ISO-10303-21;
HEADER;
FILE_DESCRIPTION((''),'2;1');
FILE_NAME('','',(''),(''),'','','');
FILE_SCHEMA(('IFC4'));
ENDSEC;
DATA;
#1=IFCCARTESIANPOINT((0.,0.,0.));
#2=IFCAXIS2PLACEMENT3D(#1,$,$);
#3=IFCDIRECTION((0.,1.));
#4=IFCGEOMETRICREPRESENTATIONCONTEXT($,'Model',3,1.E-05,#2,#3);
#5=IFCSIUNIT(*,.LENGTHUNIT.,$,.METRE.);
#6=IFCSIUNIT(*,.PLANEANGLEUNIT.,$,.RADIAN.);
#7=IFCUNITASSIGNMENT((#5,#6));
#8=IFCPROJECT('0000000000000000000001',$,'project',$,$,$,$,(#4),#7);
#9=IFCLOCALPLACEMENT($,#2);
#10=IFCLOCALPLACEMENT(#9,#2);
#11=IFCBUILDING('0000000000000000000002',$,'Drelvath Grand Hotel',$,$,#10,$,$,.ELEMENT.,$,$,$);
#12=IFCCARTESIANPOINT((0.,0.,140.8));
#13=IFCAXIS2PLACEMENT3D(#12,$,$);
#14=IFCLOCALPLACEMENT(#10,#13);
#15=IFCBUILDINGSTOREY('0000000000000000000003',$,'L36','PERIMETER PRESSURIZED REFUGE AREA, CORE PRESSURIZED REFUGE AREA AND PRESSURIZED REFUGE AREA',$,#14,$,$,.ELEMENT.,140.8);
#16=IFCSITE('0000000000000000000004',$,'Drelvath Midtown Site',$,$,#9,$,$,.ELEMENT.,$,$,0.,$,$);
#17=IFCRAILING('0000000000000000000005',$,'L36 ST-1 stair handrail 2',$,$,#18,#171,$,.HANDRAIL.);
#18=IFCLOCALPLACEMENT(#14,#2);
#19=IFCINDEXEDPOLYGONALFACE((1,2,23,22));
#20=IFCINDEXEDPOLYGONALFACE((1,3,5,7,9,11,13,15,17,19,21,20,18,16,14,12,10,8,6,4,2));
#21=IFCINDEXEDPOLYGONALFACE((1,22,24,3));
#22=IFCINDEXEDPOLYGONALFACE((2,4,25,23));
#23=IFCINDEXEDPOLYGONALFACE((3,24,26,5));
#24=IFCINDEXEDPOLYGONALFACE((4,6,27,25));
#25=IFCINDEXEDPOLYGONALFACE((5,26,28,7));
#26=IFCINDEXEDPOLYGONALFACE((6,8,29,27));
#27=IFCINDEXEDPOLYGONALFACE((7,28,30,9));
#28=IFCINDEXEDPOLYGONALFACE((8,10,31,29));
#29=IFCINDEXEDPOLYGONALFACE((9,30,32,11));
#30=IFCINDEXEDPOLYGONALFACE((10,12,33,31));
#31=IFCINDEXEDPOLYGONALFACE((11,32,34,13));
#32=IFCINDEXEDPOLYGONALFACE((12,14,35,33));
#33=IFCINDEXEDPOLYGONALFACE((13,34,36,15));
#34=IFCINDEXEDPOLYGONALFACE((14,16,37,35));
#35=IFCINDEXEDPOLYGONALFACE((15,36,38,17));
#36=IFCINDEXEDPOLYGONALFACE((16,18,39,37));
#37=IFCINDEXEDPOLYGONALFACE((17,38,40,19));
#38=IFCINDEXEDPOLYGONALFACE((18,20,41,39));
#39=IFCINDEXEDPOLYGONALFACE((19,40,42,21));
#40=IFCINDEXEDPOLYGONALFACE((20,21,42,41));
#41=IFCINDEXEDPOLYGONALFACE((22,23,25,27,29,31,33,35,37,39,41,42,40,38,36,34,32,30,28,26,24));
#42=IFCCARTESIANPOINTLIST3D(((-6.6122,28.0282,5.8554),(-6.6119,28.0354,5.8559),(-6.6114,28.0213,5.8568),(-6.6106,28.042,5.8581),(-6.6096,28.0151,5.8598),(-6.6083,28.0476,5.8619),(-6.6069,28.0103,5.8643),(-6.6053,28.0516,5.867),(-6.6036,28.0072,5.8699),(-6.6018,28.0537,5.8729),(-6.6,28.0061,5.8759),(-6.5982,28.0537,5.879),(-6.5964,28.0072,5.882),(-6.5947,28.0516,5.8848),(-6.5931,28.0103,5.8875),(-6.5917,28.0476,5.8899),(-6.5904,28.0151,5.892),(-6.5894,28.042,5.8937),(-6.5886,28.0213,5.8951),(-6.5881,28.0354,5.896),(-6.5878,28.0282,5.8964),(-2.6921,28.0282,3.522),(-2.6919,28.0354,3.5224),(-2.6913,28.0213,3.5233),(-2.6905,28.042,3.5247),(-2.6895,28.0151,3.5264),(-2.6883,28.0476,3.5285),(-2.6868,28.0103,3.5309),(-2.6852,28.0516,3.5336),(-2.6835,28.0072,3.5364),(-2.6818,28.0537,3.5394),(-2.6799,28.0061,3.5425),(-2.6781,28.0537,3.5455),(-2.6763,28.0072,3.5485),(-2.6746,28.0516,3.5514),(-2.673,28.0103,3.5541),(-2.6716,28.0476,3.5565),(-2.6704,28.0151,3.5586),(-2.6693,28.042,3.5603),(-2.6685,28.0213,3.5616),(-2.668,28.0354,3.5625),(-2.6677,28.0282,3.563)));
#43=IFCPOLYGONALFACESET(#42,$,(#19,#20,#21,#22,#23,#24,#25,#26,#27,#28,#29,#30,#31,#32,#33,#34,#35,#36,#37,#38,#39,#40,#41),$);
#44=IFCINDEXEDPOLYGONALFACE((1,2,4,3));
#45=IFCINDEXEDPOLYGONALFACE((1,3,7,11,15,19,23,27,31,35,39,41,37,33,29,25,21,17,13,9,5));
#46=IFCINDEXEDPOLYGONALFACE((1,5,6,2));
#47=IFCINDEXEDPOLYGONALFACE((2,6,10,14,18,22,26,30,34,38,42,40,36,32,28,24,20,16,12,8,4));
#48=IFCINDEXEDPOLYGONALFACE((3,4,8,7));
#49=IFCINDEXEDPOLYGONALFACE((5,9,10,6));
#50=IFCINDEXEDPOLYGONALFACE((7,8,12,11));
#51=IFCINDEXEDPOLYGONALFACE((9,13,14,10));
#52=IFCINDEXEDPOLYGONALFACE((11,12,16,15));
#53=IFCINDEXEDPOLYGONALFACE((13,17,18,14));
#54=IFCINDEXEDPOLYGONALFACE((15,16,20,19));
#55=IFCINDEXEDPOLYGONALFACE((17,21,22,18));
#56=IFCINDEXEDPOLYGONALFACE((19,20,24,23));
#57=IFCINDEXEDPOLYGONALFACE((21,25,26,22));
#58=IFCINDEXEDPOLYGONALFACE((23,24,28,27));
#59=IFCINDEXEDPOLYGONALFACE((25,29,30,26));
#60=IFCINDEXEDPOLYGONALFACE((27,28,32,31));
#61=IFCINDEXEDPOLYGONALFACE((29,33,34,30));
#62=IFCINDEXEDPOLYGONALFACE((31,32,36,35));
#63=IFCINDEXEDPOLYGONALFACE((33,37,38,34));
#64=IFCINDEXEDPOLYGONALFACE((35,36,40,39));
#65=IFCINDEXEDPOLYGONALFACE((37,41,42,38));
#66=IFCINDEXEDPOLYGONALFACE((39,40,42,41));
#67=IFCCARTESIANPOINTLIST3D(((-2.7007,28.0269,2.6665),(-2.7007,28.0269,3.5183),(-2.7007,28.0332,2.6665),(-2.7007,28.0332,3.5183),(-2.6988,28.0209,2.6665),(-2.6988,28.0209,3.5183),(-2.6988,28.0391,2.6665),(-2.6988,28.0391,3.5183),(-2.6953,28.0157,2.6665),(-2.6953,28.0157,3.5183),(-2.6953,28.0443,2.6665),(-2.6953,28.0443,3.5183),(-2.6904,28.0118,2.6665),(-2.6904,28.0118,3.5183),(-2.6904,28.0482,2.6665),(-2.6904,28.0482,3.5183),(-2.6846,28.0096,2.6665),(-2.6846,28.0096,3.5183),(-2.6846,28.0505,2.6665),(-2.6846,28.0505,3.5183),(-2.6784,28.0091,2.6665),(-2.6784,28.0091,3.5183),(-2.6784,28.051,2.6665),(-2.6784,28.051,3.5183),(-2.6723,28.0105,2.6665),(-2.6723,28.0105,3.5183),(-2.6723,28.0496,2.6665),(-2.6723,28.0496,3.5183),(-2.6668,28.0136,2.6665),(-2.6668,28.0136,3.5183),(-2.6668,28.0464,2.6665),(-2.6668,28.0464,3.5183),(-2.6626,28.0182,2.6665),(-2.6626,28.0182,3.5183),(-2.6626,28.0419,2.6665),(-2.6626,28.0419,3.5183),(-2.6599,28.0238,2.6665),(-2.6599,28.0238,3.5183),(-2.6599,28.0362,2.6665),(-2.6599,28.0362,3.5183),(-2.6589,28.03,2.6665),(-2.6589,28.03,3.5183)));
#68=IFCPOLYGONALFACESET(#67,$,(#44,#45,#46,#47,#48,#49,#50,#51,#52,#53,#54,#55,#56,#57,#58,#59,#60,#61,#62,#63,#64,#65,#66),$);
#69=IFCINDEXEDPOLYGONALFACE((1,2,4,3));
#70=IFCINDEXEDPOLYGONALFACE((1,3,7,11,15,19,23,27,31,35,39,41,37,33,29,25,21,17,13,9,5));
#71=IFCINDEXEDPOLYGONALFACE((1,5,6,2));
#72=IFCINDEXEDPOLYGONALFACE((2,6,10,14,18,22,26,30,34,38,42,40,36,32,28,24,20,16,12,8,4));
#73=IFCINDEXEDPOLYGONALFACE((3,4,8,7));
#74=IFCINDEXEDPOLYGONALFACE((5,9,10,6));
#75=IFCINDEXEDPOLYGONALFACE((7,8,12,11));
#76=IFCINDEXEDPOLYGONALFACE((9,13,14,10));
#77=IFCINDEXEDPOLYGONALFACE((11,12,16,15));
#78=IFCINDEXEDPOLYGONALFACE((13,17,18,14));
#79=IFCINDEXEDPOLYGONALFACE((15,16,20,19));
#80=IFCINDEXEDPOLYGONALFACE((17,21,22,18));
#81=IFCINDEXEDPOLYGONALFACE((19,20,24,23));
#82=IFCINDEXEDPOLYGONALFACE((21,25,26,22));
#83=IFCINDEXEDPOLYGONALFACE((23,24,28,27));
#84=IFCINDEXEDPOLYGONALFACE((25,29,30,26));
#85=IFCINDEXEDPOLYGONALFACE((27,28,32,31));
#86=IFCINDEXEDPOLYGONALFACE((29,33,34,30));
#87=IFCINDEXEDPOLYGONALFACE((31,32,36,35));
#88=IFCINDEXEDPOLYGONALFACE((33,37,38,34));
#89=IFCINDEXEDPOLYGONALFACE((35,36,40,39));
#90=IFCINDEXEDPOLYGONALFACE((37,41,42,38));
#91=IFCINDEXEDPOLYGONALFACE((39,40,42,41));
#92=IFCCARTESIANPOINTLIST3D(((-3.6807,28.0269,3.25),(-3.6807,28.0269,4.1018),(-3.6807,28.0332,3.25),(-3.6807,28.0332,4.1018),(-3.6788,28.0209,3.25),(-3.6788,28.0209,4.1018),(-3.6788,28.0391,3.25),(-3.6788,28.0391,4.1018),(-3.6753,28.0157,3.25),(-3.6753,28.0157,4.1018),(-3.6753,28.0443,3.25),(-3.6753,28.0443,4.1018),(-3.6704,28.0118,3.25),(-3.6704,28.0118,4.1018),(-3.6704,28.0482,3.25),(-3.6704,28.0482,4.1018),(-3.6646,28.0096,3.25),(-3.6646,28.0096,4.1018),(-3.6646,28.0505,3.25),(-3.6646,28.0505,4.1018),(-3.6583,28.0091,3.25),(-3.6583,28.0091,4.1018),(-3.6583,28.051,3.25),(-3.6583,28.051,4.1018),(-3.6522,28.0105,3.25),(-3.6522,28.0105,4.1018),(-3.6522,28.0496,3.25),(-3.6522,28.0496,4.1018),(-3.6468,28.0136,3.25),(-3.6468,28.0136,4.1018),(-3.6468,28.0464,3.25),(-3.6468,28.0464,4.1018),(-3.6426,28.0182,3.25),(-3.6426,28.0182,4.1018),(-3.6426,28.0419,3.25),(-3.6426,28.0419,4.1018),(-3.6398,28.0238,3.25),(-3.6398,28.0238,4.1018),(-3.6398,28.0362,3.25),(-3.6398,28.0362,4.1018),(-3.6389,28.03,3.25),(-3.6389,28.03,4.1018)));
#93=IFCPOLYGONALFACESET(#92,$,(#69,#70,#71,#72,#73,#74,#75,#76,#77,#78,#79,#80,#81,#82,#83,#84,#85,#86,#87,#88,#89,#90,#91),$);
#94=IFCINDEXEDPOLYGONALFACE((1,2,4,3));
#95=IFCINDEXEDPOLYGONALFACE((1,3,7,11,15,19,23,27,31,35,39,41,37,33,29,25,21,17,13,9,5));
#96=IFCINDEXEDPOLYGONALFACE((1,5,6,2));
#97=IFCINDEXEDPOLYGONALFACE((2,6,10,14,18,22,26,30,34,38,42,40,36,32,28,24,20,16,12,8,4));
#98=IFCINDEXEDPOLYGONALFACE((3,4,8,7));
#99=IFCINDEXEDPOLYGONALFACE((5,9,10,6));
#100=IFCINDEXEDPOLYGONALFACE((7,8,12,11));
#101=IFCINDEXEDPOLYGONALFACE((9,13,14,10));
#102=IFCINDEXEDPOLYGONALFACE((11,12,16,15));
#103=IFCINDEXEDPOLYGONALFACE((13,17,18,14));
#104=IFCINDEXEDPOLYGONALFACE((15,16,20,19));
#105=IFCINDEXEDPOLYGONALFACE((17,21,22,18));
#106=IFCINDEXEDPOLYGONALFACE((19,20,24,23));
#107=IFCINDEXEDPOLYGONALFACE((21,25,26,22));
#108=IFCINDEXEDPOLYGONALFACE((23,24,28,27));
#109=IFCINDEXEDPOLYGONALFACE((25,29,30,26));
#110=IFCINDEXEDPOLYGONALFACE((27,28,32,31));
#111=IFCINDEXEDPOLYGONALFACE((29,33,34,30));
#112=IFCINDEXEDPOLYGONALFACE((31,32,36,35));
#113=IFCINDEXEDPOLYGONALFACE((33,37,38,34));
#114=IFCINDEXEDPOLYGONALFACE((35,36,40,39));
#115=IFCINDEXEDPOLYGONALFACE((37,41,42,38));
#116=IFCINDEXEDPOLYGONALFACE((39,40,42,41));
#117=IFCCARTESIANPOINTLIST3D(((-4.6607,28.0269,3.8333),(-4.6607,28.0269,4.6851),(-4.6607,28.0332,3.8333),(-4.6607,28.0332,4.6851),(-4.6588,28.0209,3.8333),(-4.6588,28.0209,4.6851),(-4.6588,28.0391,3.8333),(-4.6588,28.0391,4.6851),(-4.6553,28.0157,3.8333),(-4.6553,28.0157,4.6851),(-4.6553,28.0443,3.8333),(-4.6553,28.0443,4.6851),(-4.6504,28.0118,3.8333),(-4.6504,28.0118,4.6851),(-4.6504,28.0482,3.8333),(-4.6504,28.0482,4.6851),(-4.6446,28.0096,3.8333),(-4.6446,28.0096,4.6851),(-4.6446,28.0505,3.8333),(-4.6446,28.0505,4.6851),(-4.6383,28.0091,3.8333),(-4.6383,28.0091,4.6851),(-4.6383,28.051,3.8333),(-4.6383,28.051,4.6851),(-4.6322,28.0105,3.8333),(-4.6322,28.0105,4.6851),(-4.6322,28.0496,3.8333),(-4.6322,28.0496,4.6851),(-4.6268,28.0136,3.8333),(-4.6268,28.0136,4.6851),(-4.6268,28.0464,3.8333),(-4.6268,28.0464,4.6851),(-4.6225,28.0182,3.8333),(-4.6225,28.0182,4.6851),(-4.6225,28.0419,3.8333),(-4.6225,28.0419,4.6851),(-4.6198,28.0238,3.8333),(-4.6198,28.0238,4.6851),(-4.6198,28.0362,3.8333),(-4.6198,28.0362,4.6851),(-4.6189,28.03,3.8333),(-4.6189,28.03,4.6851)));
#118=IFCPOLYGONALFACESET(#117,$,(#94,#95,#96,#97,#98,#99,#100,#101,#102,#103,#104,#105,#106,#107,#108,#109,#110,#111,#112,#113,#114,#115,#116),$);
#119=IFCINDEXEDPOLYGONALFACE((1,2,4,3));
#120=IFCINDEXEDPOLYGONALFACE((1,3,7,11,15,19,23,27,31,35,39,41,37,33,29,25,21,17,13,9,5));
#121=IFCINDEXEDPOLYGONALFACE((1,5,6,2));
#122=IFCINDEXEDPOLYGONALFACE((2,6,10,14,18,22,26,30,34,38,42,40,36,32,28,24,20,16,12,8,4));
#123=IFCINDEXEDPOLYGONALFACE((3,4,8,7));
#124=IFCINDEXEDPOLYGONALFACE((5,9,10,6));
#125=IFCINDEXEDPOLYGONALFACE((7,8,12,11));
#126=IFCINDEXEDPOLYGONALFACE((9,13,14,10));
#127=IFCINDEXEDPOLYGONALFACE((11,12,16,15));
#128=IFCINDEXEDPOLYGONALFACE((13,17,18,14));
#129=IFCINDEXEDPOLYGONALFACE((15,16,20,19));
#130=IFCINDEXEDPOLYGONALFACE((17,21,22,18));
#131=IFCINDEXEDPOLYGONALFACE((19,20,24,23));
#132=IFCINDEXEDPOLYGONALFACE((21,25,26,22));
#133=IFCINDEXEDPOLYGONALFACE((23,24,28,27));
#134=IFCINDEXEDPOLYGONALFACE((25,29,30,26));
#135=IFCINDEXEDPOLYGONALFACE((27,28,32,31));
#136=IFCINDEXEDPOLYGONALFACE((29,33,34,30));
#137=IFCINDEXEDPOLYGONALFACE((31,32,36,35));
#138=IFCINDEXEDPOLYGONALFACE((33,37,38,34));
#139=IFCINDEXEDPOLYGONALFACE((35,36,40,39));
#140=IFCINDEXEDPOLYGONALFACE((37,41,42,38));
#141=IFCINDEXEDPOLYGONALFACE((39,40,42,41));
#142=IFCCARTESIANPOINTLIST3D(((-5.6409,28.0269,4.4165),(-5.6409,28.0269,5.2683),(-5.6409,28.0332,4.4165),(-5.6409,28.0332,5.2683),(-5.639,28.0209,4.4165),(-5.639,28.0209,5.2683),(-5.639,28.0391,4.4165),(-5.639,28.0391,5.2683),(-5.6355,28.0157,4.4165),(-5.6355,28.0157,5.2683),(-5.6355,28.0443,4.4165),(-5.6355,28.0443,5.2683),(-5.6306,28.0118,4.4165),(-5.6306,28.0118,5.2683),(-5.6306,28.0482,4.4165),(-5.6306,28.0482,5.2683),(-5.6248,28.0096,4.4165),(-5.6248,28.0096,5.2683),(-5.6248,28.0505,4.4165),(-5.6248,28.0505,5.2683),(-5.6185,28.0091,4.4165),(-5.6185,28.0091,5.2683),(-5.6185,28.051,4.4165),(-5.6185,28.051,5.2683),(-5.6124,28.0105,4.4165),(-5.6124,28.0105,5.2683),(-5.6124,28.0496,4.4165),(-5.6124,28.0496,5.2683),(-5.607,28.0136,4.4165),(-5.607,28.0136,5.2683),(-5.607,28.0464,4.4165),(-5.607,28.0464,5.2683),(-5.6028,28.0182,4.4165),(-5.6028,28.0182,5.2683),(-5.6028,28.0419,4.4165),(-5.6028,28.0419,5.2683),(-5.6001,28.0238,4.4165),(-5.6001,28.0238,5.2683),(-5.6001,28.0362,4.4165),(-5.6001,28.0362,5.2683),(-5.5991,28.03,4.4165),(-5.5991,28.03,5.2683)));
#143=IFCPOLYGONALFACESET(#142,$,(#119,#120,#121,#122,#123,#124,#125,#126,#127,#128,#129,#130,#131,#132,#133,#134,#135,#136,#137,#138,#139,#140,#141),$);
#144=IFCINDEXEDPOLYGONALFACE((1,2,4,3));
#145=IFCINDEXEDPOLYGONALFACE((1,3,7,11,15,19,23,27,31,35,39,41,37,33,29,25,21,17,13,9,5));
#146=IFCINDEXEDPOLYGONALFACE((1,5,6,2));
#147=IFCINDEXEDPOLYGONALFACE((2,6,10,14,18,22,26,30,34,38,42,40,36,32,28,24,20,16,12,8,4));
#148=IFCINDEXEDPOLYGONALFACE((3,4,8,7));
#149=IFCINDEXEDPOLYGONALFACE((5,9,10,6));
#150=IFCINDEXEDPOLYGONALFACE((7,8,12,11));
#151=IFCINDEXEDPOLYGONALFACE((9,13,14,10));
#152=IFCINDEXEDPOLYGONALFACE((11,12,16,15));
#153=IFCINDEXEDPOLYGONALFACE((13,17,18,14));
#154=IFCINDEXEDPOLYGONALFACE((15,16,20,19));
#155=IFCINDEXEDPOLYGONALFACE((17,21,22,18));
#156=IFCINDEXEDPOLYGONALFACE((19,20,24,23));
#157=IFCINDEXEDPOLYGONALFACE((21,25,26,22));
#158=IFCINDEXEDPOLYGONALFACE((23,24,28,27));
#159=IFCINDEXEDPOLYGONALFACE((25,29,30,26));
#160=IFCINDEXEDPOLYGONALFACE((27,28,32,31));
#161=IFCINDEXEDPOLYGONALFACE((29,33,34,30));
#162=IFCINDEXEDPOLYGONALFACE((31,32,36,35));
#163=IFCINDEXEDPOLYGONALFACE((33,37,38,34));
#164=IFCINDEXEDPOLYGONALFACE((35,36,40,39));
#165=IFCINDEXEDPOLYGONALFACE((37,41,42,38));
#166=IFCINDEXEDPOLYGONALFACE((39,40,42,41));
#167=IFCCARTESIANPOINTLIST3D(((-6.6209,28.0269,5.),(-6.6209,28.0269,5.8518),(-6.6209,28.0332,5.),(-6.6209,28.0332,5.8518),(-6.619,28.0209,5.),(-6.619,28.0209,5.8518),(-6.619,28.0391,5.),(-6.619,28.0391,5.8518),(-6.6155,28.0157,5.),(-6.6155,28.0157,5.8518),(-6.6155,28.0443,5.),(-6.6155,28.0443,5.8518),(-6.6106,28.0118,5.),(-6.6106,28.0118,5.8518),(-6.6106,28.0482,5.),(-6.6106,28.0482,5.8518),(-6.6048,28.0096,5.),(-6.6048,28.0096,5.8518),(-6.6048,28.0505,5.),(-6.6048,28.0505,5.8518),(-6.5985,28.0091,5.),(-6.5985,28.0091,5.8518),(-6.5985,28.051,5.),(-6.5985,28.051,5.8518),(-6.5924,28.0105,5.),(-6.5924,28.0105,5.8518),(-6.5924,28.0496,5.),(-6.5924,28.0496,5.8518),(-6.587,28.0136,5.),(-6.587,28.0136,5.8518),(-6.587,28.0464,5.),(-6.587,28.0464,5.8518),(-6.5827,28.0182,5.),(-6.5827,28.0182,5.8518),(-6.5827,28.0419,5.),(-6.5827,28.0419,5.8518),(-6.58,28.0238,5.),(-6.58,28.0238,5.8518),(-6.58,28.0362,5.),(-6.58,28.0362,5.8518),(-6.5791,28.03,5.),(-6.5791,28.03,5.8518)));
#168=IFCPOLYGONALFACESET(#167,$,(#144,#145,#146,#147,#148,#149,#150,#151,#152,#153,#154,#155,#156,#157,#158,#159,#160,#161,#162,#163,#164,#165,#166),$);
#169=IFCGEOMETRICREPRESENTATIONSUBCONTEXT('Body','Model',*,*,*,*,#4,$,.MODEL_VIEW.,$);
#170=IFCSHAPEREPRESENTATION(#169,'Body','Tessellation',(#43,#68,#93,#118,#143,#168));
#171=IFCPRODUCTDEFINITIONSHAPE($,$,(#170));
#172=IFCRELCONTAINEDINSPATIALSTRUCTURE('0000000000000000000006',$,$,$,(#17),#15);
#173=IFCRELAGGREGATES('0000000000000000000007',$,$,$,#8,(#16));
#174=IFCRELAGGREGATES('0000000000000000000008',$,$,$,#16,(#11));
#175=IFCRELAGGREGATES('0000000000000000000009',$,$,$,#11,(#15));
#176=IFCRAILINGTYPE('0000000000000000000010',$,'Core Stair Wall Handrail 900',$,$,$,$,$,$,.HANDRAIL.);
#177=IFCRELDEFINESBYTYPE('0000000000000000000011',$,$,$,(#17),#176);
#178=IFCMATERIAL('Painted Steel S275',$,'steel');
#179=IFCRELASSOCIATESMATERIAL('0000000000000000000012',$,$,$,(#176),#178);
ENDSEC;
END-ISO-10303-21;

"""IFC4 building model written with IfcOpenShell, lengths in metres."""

from ifc_helpers import new_model, si_unit, direction, frame, origin, origin_2d, place, context, subcontext, project, spatial, circle, extrude, material, type_object, element, save


model = new_model("IFC4")

# Units and contexts
model_context = context("Model", 3, precision=1e-05, world=origin(), true_north=direction((0.0, 1.0)))
body_context = subcontext(model_context, "Body", "Model", "MODEL_VIEW")
ifc_project = project(units=[si_unit("LENGTHUNIT", "METRE"), si_unit("PLANEANGLEUNIT", "RADIAN")], contexts=[model_context])

# Site, building, storey
site_placement = place(None, origin())
site = spatial("IfcSite", under=ifc_project, at=site_placement, Name="Drelvath Midtown Site", CompositionType="ELEMENT", RefElevation=0.0)
building_placement = place(site_placement, origin())
building = spatial("IfcBuilding", under=site, at=building_placement, Name="Drelvath Grand Hotel", CompositionType="ELEMENT")
storey_placement = place(building_placement, frame((0.0, 0.0, 140.8)))
storey = spatial("IfcBuildingStorey", under=building, at=storey_placement, Name="L36", Description="PERIMETER PRESSURIZED REFUGE AREA, CORE PRESSURIZED REFUGE AREA AND PRESSURIZED REFUGE AREA", CompositionType="ELEMENT", Elevation=140.8)

# Shared definitions
ifc_material_1 = material(Name="Painted Steel S275", Category="steel")

# Railing
railing_type_1 = type_object("IfcRailingType", Name="Core Stair Wall Handrail 900", PredefinedType="HANDRAIL", material=ifc_material_1)
railing_1_placement = place(storey_placement, frame((-2.6799, 28.03, 2.6665)))
element("IfcRailing", 1, at=railing_1_placement, inside=storey, type_object=railing_type_1, Name="L36 ST-1 stair handrail 2", PredefinedType="HANDRAIL", context=body_context, shape_type="SweptSolid", body=[
    extrude(circle(Radius=0.0239, at=origin_2d()), frame((0.0, 0.0, 0.876), z_axis=(-0.859287, 0.0, 0.511494), x_axis=(0.0, -1.0, 0.0)), (0.0, 0.0, 1.0), 4.562),
    extrude(circle(Radius=0.021, at=origin_2d()), origin(), (0.0, 0.0, 1.0), 0.8518),
    extrude(circle(Radius=0.021, at=origin_2d()), frame((-0.98, 0.0, 0.5835)), (0.0, 0.0, 1.0), 0.8518),
    extrude(circle(Radius=0.021, at=origin_2d()), frame((-1.96, 0.0, 1.1667)), (0.0, 0.0, 1.0), 0.8518),
    extrude(circle(Radius=0.021, at=origin_2d()), frame((-2.9402, 0.0, 1.75)), (0.0, 0.0, 1.0), 0.8518),
    extrude(circle(Radius=0.021, at=origin_2d()), frame((-3.9202, 0.0, 2.3335)), (0.0, 0.0, 1.0), 0.8518),
])

save(model, "model.ifc")
